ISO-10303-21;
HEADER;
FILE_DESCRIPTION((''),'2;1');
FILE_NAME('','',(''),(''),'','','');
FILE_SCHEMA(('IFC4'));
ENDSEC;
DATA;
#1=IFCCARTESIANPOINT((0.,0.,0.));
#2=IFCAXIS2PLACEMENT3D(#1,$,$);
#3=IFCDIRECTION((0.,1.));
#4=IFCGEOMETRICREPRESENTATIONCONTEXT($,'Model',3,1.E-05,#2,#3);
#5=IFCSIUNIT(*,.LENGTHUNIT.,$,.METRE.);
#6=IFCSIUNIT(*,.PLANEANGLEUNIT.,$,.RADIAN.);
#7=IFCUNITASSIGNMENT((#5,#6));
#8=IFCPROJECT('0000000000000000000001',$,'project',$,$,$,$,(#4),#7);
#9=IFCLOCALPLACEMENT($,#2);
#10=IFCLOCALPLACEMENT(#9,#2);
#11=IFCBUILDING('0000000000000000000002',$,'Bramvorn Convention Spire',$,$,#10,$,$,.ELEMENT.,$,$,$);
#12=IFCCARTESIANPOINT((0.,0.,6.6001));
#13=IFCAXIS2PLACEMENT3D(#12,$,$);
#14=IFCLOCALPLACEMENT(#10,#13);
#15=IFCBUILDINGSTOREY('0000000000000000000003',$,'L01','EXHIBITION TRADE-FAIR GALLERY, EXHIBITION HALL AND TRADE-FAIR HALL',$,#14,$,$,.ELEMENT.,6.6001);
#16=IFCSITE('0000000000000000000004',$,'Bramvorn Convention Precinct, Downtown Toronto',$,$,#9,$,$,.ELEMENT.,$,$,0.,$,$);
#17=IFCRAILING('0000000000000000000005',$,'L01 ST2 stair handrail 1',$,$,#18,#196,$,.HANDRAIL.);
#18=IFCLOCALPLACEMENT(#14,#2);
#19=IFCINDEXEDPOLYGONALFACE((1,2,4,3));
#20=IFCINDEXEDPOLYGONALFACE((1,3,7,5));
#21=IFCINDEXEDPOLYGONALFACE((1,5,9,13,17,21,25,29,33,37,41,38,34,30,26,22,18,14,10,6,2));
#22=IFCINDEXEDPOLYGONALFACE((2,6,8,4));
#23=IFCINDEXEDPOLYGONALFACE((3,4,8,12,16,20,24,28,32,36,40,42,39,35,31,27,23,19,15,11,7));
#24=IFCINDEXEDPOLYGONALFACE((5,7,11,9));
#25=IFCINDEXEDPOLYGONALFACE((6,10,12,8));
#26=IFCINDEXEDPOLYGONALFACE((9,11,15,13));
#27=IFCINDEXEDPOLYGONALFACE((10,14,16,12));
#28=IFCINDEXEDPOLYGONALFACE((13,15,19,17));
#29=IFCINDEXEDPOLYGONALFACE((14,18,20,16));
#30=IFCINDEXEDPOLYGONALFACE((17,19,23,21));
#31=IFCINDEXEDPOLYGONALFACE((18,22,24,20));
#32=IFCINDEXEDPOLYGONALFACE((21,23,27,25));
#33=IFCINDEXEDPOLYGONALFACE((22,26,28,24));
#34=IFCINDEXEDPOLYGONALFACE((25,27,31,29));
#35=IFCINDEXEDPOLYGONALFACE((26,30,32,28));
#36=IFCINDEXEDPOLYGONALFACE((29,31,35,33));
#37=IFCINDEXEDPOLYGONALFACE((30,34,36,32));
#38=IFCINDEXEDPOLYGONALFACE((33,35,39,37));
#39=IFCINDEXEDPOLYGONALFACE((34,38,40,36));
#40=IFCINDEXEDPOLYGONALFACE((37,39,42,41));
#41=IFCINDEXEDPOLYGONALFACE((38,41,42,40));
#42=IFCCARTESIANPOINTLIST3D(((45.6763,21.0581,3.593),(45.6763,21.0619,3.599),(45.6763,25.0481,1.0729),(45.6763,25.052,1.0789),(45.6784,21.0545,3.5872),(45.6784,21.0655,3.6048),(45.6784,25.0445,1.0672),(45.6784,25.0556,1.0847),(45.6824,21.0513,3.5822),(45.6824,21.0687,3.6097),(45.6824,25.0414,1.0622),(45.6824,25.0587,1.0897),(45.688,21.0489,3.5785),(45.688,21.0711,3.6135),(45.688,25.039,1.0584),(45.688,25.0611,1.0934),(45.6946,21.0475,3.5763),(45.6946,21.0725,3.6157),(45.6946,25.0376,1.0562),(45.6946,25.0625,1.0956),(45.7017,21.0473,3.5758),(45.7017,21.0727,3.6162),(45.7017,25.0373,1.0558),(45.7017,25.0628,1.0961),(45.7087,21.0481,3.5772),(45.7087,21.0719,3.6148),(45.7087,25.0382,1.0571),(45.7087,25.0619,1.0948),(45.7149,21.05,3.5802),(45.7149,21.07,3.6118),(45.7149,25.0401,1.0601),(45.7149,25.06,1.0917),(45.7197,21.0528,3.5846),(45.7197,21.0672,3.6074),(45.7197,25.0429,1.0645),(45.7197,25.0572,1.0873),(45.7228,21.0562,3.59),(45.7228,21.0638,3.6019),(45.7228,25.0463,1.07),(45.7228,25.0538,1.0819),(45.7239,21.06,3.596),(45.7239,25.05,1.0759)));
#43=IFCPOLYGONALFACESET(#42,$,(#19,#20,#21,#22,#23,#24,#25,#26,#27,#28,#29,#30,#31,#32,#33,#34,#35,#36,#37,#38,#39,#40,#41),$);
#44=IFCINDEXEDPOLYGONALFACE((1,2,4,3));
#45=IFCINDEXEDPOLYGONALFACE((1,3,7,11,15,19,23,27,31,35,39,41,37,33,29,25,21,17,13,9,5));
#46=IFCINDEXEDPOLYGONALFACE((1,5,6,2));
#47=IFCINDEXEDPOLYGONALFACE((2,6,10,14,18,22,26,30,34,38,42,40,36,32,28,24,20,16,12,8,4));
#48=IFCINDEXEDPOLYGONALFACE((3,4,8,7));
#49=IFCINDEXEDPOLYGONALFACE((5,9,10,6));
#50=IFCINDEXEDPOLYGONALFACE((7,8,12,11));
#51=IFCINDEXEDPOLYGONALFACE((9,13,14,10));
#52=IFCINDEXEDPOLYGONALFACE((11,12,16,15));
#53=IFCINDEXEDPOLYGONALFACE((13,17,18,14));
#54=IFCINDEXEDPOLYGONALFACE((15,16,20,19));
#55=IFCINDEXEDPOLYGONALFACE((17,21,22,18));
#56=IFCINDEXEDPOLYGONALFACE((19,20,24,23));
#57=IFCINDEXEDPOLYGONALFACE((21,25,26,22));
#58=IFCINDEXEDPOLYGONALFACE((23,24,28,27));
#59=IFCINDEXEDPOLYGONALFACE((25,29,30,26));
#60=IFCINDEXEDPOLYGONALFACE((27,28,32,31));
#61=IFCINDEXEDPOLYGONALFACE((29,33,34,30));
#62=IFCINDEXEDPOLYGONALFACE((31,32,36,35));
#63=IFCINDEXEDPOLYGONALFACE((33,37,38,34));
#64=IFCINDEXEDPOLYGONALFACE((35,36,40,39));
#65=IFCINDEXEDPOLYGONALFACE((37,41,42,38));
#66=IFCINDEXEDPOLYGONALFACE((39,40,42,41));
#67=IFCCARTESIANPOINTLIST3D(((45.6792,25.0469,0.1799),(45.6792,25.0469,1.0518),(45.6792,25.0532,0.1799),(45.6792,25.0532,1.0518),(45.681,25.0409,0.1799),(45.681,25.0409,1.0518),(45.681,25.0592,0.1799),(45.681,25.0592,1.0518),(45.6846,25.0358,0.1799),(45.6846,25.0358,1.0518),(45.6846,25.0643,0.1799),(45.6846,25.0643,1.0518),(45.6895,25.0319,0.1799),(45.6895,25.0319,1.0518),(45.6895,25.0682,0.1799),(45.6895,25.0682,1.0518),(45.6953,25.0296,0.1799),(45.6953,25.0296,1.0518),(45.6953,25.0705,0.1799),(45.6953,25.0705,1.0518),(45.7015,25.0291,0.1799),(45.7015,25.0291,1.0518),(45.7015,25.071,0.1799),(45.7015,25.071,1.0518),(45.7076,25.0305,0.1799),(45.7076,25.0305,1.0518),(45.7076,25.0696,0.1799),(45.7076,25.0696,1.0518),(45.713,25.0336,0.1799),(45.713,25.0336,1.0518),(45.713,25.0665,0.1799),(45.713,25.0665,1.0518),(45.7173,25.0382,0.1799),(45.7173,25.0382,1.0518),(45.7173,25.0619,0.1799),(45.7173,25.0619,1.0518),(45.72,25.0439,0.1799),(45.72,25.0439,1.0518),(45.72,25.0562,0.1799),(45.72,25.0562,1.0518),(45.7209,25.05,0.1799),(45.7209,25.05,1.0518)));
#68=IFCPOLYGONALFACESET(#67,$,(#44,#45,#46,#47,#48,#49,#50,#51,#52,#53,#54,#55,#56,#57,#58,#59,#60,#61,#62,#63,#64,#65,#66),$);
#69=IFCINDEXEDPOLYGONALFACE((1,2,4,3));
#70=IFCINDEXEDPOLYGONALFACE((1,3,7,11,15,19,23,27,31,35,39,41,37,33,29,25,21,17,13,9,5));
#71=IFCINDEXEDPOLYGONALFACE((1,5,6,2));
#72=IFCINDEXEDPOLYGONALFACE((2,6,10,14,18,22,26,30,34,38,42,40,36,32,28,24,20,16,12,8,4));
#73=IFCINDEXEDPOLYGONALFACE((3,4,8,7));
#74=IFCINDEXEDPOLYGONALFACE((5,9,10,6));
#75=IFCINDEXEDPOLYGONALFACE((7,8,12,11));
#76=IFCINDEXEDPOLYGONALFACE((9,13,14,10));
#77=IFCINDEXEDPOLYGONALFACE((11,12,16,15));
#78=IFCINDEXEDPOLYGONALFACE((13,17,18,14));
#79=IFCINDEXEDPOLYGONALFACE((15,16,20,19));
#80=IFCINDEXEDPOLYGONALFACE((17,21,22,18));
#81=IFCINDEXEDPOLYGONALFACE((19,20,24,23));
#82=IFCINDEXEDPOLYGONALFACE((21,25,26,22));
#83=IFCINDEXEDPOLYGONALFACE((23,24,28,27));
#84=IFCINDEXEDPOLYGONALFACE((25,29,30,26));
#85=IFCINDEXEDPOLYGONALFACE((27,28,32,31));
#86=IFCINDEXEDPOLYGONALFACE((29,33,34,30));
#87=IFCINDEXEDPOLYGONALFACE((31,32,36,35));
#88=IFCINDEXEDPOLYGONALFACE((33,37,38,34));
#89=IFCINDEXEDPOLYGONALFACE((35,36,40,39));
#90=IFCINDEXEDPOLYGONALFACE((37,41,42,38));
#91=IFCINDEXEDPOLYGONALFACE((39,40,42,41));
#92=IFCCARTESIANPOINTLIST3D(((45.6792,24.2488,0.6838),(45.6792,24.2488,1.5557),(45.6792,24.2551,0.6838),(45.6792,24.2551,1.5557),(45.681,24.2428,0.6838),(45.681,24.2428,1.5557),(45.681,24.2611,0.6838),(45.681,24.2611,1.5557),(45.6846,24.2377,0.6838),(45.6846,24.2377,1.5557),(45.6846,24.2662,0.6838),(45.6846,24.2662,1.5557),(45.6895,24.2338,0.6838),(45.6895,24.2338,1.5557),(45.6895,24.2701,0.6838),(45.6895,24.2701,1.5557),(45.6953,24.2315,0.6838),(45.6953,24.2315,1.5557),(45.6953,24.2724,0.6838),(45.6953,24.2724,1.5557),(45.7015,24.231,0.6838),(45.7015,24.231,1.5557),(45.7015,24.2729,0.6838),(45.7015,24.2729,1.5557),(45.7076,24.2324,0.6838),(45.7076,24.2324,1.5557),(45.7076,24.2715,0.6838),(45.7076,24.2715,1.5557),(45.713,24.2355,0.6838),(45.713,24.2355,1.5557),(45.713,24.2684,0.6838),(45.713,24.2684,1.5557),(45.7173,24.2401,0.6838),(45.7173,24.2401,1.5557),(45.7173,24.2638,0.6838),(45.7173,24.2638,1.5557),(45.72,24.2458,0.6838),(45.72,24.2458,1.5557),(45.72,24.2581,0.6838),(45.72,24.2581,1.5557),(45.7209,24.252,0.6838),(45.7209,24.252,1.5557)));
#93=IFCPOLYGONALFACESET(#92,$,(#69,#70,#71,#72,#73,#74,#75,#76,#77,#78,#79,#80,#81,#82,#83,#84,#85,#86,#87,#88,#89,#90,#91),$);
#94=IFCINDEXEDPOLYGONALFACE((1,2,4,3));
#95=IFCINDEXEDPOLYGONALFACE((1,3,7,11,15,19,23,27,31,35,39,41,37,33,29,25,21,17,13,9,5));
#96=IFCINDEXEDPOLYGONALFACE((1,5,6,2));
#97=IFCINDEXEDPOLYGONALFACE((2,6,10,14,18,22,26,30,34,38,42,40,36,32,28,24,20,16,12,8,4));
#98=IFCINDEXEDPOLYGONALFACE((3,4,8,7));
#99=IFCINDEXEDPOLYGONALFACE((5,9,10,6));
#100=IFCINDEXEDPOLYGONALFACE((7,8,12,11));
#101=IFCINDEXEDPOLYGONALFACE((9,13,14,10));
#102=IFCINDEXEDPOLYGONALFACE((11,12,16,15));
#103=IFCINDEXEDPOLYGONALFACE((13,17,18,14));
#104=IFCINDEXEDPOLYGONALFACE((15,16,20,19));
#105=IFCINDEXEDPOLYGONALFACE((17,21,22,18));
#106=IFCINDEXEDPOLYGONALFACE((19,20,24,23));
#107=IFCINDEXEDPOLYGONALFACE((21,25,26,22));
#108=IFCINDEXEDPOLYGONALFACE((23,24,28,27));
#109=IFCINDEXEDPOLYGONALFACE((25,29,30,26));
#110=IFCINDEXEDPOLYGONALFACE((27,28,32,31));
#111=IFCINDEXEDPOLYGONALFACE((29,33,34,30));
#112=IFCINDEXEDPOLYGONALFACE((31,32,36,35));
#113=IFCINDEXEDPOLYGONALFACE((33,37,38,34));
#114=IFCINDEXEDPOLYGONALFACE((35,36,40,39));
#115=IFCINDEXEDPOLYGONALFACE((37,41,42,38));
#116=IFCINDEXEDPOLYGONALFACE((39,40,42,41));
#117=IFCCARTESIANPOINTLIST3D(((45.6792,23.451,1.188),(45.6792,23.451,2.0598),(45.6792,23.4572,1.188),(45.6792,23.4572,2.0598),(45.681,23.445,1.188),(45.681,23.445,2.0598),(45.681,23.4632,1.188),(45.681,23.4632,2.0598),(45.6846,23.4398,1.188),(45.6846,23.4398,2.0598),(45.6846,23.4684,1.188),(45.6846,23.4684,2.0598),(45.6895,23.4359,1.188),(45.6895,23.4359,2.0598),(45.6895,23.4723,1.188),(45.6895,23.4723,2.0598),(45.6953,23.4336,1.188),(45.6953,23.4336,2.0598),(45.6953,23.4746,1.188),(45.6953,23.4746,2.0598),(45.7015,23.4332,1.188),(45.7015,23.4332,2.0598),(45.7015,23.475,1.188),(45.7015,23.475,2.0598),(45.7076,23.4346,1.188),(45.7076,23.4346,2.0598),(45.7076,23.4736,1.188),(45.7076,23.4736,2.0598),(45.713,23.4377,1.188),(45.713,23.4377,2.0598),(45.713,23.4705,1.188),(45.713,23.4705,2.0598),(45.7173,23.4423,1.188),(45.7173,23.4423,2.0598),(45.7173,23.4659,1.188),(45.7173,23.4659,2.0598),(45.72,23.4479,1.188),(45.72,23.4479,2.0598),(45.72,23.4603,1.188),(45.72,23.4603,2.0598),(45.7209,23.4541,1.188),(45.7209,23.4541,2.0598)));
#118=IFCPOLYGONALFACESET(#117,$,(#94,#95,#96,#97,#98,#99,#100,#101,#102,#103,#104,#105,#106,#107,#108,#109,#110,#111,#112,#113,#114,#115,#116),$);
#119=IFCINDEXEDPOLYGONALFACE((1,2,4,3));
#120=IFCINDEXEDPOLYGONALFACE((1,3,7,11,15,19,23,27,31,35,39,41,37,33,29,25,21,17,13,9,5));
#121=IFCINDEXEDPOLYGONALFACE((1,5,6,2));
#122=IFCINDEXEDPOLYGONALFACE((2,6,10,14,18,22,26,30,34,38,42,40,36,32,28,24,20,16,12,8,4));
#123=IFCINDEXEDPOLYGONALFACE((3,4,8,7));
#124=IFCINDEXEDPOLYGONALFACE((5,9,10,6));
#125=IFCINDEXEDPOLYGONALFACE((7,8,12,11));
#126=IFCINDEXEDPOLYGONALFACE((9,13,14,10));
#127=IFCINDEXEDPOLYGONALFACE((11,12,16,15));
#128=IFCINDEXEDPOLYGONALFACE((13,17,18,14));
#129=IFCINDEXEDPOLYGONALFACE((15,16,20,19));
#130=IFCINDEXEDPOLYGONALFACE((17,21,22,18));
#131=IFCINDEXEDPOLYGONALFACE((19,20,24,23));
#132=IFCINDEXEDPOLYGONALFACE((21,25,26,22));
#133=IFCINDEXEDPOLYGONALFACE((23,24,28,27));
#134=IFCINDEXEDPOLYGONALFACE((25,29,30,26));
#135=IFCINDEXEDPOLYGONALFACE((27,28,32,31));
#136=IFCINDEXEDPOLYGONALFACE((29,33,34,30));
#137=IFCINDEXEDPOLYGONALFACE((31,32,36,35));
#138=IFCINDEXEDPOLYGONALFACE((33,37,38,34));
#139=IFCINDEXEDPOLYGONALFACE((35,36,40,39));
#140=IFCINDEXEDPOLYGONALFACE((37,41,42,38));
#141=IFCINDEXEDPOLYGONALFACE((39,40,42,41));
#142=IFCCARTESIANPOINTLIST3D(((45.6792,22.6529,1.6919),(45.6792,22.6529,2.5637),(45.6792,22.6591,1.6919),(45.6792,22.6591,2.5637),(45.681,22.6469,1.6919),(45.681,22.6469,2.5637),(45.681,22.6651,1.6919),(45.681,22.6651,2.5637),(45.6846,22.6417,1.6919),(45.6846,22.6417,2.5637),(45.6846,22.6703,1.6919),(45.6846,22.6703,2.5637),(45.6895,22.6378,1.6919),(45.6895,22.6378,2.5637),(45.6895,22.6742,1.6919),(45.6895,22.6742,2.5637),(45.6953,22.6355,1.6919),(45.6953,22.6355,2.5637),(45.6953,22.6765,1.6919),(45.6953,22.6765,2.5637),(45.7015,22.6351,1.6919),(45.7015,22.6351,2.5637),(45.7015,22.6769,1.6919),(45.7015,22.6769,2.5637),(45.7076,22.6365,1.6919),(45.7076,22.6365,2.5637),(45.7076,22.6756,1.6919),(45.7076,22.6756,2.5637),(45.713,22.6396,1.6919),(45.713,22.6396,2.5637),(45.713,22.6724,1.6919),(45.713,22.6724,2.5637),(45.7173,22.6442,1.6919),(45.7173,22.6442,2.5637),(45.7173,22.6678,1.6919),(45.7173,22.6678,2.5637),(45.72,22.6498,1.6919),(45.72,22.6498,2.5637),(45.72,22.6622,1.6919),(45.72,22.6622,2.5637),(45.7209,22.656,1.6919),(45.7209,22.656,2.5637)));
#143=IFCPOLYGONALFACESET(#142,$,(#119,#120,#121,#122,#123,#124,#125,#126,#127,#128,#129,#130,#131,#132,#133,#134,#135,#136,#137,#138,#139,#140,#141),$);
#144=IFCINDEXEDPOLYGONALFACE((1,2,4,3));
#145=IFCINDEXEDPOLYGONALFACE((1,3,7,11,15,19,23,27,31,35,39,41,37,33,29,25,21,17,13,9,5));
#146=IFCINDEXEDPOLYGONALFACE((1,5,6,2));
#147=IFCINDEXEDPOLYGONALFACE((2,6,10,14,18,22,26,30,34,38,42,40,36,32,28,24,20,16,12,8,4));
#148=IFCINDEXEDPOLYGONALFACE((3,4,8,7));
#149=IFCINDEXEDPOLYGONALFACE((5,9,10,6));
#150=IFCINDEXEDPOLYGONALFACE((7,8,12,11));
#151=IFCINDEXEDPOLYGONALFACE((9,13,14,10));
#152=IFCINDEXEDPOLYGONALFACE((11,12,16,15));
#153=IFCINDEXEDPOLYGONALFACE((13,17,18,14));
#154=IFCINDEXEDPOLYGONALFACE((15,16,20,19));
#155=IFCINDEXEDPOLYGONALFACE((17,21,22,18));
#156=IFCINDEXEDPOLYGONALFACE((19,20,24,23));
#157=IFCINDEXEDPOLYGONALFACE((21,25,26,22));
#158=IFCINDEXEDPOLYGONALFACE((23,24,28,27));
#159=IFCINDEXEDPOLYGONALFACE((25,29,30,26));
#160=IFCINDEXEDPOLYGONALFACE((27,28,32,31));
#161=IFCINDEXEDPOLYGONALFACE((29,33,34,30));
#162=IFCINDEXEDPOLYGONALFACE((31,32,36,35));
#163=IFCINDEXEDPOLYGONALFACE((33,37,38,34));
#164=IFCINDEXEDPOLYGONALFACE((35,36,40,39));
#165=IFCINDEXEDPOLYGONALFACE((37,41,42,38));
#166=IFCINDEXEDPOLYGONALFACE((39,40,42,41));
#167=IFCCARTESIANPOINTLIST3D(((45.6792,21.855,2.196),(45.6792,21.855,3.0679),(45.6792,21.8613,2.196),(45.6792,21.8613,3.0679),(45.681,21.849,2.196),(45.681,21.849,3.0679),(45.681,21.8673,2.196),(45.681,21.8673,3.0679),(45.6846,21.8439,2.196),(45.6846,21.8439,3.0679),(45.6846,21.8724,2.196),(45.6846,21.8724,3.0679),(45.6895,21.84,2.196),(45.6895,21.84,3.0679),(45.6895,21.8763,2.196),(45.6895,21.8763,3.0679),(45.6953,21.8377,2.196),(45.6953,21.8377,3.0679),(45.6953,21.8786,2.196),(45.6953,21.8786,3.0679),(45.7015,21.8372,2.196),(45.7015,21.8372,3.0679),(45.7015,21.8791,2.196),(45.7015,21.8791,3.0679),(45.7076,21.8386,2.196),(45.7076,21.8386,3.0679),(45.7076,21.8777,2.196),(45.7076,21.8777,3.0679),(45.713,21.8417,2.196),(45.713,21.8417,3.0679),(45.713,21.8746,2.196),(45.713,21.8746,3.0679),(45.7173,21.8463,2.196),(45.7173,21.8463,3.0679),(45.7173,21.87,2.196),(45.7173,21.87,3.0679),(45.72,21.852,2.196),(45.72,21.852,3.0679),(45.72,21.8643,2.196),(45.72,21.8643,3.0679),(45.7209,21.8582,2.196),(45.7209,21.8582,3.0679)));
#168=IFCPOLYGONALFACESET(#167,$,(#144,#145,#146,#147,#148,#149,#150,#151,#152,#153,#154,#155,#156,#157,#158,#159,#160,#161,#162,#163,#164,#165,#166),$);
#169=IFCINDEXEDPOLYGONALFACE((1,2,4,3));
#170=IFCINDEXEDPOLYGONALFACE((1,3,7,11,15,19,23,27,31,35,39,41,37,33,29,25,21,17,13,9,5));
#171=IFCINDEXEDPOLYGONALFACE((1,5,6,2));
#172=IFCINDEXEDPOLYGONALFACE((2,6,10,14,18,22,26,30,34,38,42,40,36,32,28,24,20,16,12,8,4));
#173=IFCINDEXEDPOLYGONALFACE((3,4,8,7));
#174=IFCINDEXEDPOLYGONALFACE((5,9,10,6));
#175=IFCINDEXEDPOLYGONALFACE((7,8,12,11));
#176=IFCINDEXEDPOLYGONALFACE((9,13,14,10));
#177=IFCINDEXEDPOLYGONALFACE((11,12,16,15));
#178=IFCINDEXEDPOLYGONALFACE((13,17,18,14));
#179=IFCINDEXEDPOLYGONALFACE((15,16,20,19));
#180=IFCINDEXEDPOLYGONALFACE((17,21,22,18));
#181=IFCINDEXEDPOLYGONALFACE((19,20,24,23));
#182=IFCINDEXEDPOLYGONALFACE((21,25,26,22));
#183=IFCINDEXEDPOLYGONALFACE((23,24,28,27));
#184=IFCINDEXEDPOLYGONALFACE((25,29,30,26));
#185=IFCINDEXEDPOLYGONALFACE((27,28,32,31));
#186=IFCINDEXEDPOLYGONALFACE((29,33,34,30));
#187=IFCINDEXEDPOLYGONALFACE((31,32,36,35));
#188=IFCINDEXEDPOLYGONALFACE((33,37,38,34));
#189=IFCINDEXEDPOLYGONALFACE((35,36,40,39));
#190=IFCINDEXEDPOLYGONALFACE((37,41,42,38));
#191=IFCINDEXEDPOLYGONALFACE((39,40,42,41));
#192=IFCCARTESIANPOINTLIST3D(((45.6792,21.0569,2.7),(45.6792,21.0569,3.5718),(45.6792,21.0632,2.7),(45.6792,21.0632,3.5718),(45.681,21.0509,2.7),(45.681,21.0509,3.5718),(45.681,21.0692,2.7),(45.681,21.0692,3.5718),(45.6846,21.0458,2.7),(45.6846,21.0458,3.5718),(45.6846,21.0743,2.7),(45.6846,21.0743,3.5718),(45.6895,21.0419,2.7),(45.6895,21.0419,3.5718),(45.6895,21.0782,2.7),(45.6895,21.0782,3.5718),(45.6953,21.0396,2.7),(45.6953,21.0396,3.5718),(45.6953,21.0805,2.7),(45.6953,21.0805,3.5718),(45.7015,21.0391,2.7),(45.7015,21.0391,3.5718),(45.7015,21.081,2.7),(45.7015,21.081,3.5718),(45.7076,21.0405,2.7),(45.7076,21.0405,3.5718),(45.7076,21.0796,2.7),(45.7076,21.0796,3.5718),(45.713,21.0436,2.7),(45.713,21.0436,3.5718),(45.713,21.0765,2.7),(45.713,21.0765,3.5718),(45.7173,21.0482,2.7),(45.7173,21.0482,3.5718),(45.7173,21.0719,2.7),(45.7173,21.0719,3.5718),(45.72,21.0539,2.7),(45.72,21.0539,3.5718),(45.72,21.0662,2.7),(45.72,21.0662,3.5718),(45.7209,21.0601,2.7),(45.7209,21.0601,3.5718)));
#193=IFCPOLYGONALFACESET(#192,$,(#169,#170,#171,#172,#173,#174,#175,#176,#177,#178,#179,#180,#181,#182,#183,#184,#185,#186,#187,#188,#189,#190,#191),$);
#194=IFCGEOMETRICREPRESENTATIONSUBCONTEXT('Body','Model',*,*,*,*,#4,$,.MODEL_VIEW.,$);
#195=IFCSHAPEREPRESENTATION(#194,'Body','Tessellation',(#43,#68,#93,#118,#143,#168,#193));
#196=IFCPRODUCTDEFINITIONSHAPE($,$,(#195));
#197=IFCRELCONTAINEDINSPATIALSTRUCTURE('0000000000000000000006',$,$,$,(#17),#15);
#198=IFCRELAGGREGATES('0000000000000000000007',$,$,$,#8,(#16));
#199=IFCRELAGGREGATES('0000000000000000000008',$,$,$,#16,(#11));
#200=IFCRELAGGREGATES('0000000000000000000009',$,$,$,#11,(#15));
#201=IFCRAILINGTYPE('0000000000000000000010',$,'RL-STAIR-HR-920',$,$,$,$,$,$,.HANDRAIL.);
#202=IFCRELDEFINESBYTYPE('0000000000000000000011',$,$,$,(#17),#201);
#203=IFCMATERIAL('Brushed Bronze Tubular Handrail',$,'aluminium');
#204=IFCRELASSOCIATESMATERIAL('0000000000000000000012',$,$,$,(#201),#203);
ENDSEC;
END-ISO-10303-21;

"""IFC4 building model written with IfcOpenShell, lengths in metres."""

from ifc_helpers import new_model, si_unit, direction, frame, origin, origin_2d, place, context, subcontext, project, spatial, circle, extrude, material, type_object, element, save


model = new_model("IFC4")

# Units and contexts
model_context = context("Model", 3, precision=1e-05, world=origin(), true_north=direction((0.0, 1.0)))
body_context = subcontext(model_context, "Body", "Model", "MODEL_VIEW")
ifc_project = project(units=[si_unit("LENGTHUNIT", "METRE"), si_unit("PLANEANGLEUNIT", "RADIAN")], contexts=[model_context])

# Site, building, storey
site_placement = place(None, origin())
site = spatial("IfcSite", under=ifc_project, at=site_placement, Name="Bramvorn Convention Precinct, Downtown Toronto", CompositionType="ELEMENT", RefElevation=0.0)
building_placement = place(site_placement, origin())
building = spatial("IfcBuilding", under=site, at=building_placement, Name="Bramvorn Convention Spire", CompositionType="ELEMENT")
storey_placement = place(building_placement, frame((0.0, 0.0, 6.6001)))
storey = spatial("IfcBuildingStorey", under=building, at=storey_placement, Name="L01", Description="EXHIBITION TRADE-FAIR GALLERY, EXHIBITION HALL AND TRADE-FAIR HALL", CompositionType="ELEMENT", Elevation=6.6001)

# Railing
ifc_material_1 = material(Name="Brushed Bronze Tubular Handrail", Category="aluminium")
railing_type_1 = type_object("IfcRailingType", Name="RL-STAIR-HR-920", PredefinedType="HANDRAIL", material=ifc_material_1)
railing_1_placement = place(storey_placement, frame((45.7, 25.05, 0.1799)))
element("IfcRailing", 1, at=railing_1_placement, inside=storey, type_object=railing_type_1, Name="L01 ST2 stair handrail 1", PredefinedType="HANDRAIL", context=body_context, shape_type="SweptSolid", body=[
    extrude(circle(Radius=0.0239, at=origin_2d()), frame((0.0, 0.0, 0.896), z_axis=(0.0, -0.845486, 0.533997), x_axis=(1.0, 0.0, 0.0)), (0.0, 0.0, 1.0), 4.7192),
    extrude(circle(Radius=0.021, at=origin_2d()), origin(), (0.0, 0.0, 1.0), 0.8718),
    extrude(circle(Radius=0.021, at=origin_2d()), frame((0.0, -0.7981, 0.5039)), (0.0, 0.0, 1.0), 0.8718),
    extrude(circle(Radius=0.021, at=origin_2d()), frame((0.0, -1.5959, 1.0081)), (0.0, 0.0, 1.0), 0.8718),
    extrude(circle(Radius=0.021, at=origin_2d()), frame((0.0, -2.394, 1.512)), (0.0, 0.0, 1.0), 0.8718),
    extrude(circle(Radius=0.021, at=origin_2d()), frame((0.0, -3.1919, 2.0161)), (0.0, 0.0, 1.0), 0.8718),
    extrude(circle(Radius=0.021, at=origin_2d()), frame((0.0, -3.99, 2.52)), (0.0, 0.0, 1.0), 0.8718),
])

save(model, "model.ifc")
